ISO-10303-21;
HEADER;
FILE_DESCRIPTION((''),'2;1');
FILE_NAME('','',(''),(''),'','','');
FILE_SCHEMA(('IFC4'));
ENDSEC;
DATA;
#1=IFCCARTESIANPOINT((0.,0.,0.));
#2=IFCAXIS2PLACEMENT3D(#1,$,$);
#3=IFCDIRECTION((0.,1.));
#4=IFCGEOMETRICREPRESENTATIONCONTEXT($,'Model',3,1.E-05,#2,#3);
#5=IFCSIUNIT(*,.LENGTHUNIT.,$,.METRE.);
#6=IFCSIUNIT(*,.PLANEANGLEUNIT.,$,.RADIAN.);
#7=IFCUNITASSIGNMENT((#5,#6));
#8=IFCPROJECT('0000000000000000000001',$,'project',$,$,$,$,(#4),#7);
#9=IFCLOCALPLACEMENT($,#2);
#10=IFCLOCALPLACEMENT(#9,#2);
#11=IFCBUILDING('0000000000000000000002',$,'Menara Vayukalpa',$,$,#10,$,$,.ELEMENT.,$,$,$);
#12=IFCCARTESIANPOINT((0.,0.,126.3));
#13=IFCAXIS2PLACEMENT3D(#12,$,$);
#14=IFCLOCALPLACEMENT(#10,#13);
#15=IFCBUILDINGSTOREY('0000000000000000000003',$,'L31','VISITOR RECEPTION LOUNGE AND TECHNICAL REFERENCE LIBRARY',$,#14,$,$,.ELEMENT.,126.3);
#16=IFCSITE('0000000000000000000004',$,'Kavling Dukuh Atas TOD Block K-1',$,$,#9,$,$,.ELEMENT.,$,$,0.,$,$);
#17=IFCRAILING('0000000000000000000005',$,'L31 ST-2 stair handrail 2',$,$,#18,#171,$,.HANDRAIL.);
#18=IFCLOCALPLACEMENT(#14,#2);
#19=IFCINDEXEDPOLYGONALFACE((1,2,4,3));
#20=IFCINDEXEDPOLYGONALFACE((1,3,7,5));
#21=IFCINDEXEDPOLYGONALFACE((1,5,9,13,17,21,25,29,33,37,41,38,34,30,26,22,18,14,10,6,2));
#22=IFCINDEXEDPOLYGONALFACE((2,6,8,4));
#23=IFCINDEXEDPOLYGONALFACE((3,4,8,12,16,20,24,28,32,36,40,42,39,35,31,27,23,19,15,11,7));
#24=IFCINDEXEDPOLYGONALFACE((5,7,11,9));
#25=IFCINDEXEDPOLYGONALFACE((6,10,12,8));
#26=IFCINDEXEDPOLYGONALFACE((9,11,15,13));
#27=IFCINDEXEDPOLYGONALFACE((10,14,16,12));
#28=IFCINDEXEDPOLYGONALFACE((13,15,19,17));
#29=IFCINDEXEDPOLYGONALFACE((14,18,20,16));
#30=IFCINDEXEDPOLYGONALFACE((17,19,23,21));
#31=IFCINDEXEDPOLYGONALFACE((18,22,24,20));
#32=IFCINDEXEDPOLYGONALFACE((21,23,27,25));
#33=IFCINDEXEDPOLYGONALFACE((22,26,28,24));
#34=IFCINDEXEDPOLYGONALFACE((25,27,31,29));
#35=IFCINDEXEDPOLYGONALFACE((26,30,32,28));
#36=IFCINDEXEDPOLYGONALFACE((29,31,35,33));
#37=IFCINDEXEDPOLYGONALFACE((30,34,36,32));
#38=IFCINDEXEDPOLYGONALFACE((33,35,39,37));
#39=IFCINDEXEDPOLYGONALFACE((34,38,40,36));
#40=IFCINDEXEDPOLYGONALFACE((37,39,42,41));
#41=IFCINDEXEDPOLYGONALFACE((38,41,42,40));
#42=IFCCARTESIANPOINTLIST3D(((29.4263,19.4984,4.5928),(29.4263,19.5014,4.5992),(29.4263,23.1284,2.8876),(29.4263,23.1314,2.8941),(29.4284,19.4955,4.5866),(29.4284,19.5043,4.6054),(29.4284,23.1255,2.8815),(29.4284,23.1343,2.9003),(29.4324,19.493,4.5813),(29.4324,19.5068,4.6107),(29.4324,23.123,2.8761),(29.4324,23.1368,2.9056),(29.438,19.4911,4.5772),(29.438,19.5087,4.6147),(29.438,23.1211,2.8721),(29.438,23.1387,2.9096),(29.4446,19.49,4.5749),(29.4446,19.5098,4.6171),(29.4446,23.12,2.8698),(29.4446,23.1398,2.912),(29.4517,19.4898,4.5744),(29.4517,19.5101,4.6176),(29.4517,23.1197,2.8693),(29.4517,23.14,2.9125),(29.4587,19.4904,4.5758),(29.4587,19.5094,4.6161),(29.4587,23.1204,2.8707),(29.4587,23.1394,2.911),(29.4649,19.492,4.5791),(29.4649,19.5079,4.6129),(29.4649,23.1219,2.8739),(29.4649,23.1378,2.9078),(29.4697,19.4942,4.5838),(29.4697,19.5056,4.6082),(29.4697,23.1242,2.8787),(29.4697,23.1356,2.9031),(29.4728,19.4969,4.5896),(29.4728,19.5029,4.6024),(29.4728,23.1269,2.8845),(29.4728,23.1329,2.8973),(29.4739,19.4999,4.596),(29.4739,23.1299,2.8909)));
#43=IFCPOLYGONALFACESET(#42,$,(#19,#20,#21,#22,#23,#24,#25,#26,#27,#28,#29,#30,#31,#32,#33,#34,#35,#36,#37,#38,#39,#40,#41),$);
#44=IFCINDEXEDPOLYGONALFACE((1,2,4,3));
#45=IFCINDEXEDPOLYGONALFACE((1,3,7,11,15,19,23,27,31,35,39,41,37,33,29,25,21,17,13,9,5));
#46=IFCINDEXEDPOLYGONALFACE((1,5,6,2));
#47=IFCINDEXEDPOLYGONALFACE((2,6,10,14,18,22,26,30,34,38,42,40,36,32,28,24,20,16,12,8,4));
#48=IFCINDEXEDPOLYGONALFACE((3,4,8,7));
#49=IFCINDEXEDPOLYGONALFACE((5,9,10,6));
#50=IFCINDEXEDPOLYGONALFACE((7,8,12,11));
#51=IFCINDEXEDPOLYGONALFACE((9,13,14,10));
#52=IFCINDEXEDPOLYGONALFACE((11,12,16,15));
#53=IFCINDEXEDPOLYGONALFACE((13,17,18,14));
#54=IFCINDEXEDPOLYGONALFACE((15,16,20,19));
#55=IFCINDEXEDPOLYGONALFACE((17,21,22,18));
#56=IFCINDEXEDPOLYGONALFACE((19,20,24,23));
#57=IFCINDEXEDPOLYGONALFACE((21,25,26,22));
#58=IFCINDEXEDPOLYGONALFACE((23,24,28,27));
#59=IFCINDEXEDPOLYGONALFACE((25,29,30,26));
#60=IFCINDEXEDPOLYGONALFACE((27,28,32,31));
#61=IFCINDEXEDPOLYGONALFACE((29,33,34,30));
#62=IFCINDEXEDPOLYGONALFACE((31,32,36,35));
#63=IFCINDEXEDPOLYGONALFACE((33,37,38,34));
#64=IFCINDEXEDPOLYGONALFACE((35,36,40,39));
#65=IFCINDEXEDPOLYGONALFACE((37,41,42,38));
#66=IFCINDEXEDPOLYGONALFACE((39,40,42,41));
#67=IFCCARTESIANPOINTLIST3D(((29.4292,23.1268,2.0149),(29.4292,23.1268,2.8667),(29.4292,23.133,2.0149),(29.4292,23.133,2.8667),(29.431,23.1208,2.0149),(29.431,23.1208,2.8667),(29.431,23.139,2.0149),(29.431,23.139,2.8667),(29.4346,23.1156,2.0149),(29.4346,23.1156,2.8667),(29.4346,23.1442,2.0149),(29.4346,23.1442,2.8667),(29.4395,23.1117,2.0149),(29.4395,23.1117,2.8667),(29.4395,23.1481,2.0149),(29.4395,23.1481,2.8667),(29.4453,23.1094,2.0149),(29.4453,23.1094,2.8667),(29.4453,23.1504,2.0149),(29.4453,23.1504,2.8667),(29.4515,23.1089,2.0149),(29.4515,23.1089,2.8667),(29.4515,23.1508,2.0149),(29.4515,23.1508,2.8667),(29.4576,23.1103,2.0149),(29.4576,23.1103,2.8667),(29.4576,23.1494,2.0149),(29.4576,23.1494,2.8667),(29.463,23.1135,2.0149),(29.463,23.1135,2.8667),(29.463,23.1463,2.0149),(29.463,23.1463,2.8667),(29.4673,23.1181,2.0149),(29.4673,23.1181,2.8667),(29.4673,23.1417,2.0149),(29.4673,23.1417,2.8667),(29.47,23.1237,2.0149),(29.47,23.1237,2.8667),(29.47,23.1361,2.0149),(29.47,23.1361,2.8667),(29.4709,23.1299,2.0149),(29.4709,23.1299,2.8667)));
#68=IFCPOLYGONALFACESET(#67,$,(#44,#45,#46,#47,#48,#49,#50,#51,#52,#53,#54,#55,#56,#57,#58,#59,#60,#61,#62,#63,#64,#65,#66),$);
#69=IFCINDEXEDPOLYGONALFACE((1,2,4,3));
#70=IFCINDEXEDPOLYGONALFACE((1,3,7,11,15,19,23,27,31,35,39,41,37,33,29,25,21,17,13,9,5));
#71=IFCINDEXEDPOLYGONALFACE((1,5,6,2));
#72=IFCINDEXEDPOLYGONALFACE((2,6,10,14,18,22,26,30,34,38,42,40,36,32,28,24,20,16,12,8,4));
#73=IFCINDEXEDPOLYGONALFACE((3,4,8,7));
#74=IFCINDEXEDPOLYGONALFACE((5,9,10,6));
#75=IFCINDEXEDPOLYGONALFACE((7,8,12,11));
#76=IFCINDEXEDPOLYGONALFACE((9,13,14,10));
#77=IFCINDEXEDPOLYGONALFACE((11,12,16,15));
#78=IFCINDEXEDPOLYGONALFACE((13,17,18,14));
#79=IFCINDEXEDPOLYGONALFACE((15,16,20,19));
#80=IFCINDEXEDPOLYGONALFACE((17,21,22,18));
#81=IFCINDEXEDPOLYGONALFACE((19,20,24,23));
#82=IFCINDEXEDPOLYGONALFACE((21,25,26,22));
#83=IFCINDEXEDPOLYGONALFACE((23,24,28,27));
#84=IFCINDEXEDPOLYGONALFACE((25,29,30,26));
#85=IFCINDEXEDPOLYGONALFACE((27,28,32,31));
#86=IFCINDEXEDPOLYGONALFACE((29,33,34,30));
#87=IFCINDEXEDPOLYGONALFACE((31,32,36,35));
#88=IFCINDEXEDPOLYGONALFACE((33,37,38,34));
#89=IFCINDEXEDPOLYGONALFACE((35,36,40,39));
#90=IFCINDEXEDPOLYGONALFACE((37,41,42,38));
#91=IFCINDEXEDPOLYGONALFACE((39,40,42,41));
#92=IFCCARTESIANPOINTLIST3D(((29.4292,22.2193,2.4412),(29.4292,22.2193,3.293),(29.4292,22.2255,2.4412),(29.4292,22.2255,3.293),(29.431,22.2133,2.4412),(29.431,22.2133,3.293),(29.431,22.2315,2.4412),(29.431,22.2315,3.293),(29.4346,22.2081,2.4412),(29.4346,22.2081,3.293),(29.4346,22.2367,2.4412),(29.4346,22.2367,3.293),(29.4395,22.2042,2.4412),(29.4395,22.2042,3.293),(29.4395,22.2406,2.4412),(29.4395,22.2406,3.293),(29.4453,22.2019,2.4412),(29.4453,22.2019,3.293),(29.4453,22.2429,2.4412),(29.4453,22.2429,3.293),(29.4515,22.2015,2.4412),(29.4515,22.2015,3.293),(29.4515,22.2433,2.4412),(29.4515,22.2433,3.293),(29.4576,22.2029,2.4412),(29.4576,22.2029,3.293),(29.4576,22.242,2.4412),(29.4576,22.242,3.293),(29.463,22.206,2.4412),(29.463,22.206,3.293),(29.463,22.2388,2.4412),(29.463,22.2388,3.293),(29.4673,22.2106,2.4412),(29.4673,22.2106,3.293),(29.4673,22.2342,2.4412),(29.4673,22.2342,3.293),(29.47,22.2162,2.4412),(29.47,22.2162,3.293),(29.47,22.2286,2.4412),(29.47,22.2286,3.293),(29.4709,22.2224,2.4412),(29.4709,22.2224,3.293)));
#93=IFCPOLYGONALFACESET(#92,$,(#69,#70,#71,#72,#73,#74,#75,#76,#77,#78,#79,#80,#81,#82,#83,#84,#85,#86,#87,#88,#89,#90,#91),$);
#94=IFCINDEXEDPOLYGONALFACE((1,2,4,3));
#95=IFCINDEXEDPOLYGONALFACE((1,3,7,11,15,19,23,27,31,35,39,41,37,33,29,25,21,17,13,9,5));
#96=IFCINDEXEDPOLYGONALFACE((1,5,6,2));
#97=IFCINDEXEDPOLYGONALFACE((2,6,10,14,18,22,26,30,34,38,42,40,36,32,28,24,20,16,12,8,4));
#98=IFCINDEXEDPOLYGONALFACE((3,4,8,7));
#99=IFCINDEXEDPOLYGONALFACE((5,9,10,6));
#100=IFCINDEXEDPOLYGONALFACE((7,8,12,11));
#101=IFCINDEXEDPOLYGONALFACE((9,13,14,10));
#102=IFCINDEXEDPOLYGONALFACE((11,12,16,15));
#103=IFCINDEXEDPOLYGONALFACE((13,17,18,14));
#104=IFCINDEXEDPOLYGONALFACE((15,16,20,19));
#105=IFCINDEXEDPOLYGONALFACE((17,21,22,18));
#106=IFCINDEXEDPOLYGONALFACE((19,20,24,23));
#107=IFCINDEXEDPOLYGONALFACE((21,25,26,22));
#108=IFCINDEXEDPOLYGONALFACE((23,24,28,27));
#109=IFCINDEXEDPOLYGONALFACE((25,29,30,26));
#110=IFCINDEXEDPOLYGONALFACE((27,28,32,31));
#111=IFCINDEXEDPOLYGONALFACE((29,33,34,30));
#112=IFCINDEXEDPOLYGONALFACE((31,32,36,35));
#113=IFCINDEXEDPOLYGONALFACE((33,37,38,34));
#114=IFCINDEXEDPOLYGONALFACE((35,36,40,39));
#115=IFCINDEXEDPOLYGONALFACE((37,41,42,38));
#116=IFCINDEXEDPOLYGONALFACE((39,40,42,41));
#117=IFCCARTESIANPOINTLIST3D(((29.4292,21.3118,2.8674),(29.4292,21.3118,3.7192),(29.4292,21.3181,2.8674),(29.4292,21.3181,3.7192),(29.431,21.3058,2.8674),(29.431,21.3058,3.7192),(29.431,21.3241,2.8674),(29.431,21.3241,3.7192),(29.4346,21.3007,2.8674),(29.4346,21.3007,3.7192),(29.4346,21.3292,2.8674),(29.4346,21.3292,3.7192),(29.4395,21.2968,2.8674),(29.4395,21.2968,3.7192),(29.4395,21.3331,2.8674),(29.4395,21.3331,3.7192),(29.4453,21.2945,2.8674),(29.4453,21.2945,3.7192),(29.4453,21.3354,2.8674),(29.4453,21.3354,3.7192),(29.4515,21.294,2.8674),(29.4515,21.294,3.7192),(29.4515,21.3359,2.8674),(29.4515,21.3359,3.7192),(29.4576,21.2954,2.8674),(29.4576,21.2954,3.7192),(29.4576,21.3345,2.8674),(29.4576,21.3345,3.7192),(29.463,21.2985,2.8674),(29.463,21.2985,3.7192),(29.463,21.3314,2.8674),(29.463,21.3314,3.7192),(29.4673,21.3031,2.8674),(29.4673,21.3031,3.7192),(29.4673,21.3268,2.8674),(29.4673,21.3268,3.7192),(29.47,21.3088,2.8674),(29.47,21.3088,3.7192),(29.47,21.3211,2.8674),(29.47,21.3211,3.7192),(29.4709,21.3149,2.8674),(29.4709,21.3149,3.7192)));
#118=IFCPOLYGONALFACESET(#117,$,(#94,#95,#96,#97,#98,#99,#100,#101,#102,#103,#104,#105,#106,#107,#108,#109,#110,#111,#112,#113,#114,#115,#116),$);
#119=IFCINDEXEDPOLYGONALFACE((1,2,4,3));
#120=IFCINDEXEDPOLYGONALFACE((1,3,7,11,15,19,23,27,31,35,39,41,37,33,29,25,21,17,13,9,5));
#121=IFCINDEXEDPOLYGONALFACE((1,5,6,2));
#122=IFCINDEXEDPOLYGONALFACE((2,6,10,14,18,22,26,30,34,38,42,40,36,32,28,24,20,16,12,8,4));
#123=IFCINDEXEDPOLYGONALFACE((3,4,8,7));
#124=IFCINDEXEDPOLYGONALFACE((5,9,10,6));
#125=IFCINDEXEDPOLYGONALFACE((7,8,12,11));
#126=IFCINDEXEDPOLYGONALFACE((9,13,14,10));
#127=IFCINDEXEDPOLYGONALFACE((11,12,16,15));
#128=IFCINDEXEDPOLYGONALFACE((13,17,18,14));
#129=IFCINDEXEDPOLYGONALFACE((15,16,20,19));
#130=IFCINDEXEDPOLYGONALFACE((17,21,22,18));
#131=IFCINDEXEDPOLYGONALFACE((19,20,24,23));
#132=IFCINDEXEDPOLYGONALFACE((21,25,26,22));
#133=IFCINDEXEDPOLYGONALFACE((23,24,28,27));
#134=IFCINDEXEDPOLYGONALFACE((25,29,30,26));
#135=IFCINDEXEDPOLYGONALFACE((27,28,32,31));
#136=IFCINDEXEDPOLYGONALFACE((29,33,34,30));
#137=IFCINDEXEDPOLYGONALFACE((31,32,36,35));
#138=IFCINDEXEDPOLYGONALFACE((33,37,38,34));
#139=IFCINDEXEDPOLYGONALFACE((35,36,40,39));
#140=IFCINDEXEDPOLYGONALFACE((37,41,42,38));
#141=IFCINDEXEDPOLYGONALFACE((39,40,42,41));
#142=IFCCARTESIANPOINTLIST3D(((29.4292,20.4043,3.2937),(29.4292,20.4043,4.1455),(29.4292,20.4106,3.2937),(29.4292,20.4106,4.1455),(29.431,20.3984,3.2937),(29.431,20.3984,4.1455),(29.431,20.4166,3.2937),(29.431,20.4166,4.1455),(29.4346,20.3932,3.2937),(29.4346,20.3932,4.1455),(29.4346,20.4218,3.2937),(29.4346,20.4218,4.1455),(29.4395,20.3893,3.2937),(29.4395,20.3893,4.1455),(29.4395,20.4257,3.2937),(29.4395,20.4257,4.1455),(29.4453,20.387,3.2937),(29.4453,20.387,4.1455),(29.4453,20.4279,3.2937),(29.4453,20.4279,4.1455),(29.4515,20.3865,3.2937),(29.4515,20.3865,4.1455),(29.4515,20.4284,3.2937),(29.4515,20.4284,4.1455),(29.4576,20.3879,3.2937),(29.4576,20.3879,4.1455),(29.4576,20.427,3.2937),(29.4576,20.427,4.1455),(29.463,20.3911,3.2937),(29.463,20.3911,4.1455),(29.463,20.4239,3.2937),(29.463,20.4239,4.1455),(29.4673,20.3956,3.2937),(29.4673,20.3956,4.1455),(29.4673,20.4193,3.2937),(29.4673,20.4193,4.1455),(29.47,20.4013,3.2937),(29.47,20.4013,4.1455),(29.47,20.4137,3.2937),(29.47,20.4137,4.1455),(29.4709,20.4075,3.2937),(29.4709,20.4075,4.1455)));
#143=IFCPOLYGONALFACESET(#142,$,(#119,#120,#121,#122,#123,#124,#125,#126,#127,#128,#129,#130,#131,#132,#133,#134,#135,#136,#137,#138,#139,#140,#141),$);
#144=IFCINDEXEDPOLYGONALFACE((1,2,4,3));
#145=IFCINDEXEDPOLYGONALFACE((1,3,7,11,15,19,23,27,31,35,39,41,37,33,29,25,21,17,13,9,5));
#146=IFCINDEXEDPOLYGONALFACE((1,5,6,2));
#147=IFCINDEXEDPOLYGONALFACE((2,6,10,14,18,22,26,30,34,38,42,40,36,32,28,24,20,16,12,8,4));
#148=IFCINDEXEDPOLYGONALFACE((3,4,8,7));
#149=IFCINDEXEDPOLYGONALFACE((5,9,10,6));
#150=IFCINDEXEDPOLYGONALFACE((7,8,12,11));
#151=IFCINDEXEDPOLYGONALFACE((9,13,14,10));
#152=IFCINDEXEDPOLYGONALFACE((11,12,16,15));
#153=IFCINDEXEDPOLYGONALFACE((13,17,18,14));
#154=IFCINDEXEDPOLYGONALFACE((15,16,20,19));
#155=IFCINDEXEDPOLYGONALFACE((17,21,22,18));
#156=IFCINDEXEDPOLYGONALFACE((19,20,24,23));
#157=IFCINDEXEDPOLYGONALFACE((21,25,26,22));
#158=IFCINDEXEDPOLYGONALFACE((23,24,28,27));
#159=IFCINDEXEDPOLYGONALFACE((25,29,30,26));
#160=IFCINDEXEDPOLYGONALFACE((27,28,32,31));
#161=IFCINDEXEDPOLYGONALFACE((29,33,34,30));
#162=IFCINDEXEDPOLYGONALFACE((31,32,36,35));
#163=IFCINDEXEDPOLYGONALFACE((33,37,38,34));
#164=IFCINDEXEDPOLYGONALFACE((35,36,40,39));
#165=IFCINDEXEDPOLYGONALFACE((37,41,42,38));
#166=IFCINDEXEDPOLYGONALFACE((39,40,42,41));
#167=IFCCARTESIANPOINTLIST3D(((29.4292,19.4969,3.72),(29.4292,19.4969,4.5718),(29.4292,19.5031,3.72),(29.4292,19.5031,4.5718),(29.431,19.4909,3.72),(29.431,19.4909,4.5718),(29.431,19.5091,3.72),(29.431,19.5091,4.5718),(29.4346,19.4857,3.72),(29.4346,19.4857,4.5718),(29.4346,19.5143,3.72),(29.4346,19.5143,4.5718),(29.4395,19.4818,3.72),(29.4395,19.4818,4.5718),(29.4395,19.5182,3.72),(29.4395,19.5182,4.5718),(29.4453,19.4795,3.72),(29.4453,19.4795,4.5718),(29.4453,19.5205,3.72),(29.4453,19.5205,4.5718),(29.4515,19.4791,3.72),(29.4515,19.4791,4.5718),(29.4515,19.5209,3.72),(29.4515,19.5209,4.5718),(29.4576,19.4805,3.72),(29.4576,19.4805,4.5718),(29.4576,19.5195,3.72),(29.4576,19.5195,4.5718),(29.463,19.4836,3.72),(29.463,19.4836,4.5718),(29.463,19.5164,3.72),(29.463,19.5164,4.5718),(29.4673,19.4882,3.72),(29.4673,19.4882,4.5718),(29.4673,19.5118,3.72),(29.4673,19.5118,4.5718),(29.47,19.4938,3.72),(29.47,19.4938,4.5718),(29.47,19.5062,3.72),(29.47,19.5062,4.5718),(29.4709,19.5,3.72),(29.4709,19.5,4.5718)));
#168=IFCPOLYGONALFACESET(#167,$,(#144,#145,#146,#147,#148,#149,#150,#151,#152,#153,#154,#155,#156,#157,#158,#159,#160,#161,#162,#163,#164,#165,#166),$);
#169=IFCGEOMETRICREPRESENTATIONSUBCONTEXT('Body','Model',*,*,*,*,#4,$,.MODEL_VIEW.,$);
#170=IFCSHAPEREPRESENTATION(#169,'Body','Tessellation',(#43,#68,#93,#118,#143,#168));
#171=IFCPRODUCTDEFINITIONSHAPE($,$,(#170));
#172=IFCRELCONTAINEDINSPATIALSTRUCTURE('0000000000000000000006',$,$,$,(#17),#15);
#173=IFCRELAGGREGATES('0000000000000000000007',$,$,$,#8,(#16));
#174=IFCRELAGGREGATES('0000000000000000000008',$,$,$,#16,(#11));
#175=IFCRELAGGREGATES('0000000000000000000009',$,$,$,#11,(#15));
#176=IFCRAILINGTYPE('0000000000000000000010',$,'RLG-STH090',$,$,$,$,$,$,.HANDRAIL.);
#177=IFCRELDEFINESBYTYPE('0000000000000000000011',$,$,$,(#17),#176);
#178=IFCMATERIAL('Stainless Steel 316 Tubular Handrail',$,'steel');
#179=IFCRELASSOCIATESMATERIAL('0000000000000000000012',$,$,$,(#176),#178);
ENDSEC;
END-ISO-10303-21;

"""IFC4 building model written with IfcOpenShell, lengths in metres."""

from ifc_helpers import new_model, si_unit, direction, frame, origin, origin_2d, place, context, subcontext, project, spatial, circle, extrude, material, type_object, element, save


model = new_model("IFC4")

# Units and contexts
model_context = context("Model", 3, precision=1e-05, world=origin(), true_north=direction((0.0, 1.0)))
body_context = subcontext(model_context, "Body", "Model", "MODEL_VIEW")
ifc_project = project(units=[si_unit("LENGTHUNIT", "METRE"), si_unit("PLANEANGLEUNIT", "RADIAN")], contexts=[model_context])

# Site, building, storey
site_placement = place(None, origin())
site = spatial("IfcSite", under=ifc_project, at=site_placement, Name="Kavling Dukuh Atas TOD Block K-1", CompositionType="ELEMENT", RefElevation=0.0)
building_placement = place(site_placement, origin())
building = spatial("IfcBuilding", under=site, at=building_placement, Name="Menara Vayukalpa", CompositionType="ELEMENT")
storey_placement = place(building_placement, frame((0.0, 0.0, 126.3)))
storey = spatial("IfcBuildingStorey", under=building, at=storey_placement, Name="L31", Description="VISITOR RECEPTION LOUNGE AND TECHNICAL REFERENCE LIBRARY", CompositionType="ELEMENT", Elevation=126.3)

# Railing
ifc_material_1 = material(Name="Stainless Steel 316 Tubular Handrail", Category="steel")
railing_type_1 = type_object("IfcRailingType", Name="RLG-STH090", PredefinedType="HANDRAIL", material=ifc_material_1)
railing_1_placement = place(storey_placement, frame((29.45, 23.1299, 2.0149)))
element("IfcRailing", 1, at=railing_1_placement, inside=storey, type_object=railing_type_1, Name="L31 ST-2 stair handrail 2", PredefinedType="HANDRAIL", context=body_context, shape_type="SweptSolid", body=[
    extrude(circle(Radius=0.0239, at=origin_2d()), frame((0.0, 0.0, 0.876), z_axis=(0.0, -0.905116, 0.425164), x_axis=(1.0, 0.0, 0.0)), (0.0, 0.0, 1.0), 4.0105),
    extrude(circle(Radius=0.021, at=origin_2d()), origin(), (0.0, 0.0, 1.0), 0.8518),
    extrude(circle(Radius=0.021, at=origin_2d()), frame((0.0, -0.9075, 0.4263)), (0.0, 0.0, 1.0), 0.8518),
    extrude(circle(Radius=0.021, at=origin_2d()), frame((0.0, -1.8149, 0.8525)), (0.0, 0.0, 1.0), 0.8518),
    extrude(circle(Radius=0.021, at=origin_2d()), frame((0.0, -2.7224, 1.2788)), (0.0, 0.0, 1.0), 0.8518),
    extrude(circle(Radius=0.021, at=origin_2d()), frame((0.0, -3.6299, 1.7051)), (0.0, 0.0, 1.0), 0.8518),
])

save(model, "model.ifc")
